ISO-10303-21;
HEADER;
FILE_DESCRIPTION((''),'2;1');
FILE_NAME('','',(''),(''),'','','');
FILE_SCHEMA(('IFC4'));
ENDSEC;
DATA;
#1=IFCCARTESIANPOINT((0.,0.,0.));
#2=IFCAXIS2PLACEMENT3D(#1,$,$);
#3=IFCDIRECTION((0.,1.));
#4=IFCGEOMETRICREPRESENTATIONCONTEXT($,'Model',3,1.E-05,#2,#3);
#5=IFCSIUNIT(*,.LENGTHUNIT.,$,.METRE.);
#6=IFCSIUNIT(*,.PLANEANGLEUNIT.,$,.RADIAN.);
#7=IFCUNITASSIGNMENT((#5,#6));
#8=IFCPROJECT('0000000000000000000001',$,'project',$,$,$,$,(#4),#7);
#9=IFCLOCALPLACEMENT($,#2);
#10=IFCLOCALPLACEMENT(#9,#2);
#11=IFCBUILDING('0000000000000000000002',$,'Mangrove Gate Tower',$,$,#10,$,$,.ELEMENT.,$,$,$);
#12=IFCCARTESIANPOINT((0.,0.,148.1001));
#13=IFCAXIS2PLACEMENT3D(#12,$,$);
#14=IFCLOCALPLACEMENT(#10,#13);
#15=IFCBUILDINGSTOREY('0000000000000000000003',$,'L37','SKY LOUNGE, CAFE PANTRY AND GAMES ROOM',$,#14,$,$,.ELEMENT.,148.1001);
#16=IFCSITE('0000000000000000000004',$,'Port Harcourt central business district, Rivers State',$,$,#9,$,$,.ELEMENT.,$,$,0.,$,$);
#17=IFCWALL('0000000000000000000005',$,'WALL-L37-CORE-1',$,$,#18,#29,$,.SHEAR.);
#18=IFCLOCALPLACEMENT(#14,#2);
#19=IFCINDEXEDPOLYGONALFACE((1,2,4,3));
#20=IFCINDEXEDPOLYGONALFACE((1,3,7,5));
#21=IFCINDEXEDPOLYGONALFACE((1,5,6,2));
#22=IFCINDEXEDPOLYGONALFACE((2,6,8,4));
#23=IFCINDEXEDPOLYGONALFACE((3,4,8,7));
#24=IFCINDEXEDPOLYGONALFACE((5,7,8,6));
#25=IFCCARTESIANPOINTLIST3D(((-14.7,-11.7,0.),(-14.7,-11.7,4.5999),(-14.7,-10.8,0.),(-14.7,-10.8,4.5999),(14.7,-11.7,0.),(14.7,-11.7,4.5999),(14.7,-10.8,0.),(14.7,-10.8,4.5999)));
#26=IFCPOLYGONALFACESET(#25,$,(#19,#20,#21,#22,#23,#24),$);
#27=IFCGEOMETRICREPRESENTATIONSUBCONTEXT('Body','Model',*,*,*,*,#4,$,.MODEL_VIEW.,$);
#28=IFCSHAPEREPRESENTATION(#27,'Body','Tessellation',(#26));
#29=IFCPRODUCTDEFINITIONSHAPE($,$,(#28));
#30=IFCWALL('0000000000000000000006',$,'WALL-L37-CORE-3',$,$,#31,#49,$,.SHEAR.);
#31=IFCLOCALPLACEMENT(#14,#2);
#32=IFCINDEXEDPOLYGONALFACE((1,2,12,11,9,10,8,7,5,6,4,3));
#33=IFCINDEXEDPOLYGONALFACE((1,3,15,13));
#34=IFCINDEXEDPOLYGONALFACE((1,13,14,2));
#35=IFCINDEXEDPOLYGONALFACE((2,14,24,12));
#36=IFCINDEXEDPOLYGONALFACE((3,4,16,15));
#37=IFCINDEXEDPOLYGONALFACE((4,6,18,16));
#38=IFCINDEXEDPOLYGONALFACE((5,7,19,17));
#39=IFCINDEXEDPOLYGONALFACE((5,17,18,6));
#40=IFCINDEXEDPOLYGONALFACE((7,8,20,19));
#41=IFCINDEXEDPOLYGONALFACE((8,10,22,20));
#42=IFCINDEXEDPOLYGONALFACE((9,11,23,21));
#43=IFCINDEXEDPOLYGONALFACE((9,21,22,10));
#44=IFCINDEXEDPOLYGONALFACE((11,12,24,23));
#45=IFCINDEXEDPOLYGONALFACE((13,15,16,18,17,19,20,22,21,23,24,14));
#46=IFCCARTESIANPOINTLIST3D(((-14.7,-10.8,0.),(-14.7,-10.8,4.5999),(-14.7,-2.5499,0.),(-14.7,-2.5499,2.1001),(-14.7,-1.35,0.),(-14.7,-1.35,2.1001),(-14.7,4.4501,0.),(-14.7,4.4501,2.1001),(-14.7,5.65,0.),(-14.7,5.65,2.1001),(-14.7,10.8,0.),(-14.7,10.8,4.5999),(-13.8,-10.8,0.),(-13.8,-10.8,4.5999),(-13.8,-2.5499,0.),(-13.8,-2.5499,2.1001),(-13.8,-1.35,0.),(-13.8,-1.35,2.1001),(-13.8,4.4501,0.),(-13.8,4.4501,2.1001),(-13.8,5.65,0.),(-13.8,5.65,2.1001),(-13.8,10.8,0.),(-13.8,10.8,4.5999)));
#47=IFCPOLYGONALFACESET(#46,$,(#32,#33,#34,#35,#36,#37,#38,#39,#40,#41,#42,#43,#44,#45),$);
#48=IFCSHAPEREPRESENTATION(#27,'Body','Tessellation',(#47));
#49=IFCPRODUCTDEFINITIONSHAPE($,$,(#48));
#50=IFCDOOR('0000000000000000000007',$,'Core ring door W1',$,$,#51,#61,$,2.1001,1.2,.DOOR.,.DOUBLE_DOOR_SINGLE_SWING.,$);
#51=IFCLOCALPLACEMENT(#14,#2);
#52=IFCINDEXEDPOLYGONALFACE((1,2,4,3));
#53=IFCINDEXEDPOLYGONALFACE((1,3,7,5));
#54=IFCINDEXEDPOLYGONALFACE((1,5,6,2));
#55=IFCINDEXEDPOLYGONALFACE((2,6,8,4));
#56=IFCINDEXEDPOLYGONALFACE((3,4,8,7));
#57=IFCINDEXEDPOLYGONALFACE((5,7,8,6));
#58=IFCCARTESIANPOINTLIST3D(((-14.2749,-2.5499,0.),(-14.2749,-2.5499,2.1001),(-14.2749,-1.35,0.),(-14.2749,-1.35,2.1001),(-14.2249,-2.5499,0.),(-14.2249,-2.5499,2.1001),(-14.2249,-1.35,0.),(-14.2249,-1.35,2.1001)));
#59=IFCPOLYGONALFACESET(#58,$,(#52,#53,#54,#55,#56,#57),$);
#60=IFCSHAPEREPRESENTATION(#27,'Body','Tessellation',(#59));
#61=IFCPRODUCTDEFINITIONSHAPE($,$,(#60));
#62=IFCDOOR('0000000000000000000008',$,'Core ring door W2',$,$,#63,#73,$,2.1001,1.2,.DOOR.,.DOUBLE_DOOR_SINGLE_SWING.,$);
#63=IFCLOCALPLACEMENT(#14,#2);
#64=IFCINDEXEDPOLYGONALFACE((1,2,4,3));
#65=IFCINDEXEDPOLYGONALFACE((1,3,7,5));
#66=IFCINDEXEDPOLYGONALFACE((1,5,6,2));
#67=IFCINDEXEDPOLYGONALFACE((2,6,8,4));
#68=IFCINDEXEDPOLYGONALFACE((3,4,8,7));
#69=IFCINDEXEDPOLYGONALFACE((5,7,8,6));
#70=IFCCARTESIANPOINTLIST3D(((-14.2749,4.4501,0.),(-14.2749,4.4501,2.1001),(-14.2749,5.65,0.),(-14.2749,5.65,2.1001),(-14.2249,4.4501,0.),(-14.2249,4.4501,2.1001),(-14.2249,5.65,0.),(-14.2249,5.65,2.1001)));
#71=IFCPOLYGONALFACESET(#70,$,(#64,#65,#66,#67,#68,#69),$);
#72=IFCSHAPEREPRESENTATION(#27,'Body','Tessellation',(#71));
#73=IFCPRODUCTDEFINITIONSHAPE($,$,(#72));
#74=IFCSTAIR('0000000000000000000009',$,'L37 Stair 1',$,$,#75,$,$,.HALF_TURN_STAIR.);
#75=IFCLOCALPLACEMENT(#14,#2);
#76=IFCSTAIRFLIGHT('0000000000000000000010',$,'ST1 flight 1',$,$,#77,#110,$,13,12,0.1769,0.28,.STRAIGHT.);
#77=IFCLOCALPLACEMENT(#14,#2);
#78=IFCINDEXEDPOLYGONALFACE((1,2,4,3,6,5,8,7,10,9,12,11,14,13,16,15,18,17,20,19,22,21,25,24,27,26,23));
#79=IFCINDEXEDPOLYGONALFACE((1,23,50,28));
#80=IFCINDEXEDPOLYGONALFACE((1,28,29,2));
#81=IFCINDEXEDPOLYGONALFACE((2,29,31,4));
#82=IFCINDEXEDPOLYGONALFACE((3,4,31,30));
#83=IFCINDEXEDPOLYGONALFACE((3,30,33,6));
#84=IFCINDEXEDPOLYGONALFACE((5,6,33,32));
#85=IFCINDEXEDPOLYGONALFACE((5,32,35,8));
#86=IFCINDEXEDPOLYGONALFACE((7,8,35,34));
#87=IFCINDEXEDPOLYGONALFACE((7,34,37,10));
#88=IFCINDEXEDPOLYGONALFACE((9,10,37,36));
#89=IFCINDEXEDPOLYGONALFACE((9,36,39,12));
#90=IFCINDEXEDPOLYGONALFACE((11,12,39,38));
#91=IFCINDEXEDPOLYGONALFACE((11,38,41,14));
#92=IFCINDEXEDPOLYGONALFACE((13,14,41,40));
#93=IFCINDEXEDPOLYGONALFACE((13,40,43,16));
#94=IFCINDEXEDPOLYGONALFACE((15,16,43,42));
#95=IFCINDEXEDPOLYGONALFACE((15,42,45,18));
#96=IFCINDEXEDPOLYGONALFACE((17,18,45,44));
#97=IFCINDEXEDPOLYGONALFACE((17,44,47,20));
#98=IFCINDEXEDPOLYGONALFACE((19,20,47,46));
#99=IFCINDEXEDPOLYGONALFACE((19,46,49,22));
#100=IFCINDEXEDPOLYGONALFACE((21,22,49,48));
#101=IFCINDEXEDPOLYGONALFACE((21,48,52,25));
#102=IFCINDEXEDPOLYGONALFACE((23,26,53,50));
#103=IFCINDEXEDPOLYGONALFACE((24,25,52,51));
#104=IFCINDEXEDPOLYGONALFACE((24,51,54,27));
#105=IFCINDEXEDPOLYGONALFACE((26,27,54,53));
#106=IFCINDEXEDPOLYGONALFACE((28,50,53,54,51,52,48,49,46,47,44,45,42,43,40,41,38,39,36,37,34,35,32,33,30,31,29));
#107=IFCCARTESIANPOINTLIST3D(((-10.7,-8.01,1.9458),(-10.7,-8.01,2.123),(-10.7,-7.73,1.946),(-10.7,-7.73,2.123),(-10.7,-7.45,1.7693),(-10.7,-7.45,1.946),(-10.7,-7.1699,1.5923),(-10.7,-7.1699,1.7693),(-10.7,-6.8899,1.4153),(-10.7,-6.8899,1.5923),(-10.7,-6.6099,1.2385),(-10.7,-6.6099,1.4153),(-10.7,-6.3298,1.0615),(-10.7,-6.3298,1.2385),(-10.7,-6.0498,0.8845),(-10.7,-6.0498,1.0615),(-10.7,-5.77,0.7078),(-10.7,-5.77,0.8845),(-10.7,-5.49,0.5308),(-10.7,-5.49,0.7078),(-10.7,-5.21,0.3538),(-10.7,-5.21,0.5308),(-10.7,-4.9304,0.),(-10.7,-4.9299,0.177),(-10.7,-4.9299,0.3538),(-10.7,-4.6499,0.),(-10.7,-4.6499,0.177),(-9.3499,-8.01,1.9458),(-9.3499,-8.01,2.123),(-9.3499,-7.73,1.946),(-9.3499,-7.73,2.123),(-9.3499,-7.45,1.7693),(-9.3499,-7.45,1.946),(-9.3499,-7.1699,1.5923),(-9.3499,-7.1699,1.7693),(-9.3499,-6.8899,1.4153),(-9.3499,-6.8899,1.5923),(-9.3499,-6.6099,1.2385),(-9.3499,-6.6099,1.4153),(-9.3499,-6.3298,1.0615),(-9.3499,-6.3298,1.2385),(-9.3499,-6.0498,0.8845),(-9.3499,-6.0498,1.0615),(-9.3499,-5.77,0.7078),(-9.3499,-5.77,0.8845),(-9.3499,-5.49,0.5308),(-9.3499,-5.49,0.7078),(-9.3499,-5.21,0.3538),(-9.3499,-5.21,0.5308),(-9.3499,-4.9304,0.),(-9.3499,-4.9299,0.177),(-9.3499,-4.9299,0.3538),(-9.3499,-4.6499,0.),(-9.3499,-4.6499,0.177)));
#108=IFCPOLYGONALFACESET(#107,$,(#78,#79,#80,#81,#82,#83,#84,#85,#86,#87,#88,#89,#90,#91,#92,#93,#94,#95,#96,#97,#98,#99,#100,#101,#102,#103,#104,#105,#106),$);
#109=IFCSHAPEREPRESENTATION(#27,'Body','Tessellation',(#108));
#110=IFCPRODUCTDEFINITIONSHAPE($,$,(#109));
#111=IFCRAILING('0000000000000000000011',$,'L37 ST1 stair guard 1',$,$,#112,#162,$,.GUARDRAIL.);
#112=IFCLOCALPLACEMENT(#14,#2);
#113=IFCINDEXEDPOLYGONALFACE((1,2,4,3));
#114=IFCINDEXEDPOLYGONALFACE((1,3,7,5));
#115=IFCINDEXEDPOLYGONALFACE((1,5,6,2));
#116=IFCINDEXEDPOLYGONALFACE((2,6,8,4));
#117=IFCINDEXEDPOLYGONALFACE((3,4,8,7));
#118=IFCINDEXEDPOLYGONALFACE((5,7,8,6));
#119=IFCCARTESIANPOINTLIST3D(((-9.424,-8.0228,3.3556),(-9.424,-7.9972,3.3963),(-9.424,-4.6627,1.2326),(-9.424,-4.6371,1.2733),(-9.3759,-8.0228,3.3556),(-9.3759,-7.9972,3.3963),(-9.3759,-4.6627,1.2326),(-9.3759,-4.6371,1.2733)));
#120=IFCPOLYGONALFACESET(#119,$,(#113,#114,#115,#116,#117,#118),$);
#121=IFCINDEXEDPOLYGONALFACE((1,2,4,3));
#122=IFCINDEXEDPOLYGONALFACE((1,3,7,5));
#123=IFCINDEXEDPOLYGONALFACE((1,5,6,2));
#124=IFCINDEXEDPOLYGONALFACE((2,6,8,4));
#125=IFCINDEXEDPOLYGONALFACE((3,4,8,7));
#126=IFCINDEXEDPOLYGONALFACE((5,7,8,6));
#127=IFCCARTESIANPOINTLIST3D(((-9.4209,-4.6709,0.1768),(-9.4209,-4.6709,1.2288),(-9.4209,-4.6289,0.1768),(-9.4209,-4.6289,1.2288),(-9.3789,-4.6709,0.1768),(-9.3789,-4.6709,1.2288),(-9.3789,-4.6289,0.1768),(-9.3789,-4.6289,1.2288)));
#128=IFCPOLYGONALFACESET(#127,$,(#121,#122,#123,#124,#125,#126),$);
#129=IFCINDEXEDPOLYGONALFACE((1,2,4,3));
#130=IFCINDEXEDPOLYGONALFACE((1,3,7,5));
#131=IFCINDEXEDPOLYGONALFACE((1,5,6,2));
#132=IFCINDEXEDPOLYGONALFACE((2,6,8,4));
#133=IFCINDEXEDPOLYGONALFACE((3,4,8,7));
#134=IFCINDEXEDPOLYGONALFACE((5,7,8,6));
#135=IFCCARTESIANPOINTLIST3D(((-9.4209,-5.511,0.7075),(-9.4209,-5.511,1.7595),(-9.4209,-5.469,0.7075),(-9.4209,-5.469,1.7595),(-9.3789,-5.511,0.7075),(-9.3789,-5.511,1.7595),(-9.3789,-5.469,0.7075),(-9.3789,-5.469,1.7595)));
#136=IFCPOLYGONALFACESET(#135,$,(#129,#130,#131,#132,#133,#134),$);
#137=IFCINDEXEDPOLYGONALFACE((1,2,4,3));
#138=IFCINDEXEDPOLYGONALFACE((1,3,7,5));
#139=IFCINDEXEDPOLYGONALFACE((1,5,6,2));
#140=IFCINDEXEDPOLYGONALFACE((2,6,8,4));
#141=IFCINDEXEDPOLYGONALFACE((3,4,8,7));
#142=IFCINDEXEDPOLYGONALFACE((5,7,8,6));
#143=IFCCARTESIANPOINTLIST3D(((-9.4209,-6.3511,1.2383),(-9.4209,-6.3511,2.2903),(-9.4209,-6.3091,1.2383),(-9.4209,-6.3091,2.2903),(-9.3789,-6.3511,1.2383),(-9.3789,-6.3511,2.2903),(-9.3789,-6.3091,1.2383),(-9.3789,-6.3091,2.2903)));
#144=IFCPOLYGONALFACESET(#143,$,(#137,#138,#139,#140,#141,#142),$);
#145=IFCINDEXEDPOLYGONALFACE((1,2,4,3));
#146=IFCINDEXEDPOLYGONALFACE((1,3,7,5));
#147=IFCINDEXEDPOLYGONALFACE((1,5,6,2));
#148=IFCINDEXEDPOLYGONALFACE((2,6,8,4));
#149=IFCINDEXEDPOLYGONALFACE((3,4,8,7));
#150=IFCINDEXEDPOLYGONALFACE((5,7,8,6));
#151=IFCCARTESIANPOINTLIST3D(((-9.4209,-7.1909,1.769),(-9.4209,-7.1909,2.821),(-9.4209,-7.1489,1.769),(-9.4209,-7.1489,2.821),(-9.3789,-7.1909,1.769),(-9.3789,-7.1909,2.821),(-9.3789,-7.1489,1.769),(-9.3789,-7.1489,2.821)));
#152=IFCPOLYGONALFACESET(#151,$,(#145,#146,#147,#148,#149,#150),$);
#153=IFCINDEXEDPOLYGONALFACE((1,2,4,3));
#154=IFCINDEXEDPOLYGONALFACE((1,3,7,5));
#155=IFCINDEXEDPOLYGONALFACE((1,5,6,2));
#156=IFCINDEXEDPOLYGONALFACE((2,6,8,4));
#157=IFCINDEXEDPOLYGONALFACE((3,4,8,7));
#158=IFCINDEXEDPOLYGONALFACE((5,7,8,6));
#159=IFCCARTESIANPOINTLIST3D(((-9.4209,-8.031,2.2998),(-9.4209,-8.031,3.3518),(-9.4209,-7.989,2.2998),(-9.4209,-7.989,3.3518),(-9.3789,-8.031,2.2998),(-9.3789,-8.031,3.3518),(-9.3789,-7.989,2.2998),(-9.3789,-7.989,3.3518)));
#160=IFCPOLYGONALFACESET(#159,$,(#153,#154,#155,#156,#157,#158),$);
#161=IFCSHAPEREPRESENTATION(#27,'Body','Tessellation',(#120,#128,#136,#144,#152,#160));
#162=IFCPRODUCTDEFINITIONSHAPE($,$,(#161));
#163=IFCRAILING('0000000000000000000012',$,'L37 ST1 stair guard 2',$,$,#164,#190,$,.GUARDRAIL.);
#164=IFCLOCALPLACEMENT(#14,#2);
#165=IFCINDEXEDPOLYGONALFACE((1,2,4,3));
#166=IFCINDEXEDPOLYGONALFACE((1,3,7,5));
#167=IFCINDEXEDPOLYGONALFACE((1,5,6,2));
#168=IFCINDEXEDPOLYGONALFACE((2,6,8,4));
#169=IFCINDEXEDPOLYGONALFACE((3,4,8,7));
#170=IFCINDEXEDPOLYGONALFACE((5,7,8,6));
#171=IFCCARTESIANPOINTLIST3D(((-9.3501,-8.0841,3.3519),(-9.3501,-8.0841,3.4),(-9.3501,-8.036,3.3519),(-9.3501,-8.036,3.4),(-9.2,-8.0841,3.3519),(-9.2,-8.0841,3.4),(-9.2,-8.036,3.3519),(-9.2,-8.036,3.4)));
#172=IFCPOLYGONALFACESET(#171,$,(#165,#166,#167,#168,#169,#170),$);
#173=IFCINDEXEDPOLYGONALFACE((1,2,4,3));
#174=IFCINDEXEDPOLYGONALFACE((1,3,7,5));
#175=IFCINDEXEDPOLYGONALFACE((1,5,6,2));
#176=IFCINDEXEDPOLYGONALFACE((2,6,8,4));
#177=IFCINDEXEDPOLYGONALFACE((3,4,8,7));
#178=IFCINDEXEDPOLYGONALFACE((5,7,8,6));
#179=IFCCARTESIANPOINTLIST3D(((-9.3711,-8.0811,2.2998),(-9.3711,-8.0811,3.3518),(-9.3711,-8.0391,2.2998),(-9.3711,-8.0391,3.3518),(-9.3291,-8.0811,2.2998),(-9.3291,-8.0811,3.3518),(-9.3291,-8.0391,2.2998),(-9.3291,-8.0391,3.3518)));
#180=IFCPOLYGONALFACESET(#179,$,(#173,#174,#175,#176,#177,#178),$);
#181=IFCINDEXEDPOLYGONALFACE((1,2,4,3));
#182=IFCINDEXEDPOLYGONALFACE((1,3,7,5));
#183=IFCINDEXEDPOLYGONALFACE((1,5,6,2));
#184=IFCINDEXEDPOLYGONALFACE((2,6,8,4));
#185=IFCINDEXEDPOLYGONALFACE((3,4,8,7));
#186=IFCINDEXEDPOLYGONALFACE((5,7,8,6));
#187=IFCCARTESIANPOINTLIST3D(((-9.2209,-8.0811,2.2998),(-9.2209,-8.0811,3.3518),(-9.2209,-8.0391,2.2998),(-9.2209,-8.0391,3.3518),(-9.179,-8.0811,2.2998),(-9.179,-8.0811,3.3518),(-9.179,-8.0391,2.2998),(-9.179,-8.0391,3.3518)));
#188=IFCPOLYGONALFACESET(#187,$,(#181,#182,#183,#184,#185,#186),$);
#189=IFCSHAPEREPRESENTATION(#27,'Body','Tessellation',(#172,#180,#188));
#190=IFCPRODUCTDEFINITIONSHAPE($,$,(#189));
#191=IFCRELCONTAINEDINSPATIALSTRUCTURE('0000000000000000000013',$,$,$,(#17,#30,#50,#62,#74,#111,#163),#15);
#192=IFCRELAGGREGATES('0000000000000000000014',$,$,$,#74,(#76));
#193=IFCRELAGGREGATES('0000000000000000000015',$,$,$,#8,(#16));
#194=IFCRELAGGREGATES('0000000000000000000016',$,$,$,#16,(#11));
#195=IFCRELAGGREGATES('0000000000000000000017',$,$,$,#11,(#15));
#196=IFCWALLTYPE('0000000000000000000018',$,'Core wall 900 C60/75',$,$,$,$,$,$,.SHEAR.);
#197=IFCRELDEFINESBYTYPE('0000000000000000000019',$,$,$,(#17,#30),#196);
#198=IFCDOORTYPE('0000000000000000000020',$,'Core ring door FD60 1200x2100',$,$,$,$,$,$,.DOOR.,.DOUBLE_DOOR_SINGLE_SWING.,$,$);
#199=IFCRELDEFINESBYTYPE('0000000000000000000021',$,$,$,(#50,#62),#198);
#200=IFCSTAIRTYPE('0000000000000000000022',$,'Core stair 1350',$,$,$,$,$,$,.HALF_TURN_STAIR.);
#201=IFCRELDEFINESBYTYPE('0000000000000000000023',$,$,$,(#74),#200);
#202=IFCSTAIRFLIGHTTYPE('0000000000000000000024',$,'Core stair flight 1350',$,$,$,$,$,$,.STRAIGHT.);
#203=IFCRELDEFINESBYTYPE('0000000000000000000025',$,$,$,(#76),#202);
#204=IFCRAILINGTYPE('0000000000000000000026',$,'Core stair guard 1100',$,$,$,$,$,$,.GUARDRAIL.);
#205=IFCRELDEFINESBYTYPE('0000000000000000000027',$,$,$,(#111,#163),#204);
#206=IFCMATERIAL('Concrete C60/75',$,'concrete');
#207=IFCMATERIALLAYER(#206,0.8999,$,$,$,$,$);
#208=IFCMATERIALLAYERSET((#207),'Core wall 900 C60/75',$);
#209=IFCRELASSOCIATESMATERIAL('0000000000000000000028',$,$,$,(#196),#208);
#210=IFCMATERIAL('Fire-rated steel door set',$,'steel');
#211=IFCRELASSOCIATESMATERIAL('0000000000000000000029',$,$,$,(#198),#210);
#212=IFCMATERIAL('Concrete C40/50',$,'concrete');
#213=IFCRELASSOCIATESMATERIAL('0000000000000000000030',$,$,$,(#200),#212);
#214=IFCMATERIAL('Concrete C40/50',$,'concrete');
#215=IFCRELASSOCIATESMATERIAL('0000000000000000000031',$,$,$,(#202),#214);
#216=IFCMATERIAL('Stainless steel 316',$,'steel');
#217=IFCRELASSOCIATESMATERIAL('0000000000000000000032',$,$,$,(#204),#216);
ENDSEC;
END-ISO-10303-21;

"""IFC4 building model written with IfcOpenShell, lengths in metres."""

from ifc_helpers import new_model, si_unit, direction, frame, frame_2d, origin, origin_2d, place, context, subcontext, project, spatial, polyline, rectangle, outline, extrude, material, layer, layer_set, type_object, element, fill, aggregate, save


model = new_model("IFC4")

# Units and contexts
model_context = context("Model", 3, precision=1e-05, world=origin(), true_north=direction((0.0, 1.0)))
body_context = subcontext(model_context, "Body", "Model", "MODEL_VIEW")
ifc_project = project(units=[si_unit("LENGTHUNIT", "METRE"), si_unit("PLANEANGLEUNIT", "RADIAN")], contexts=[model_context])

# Site, building, storey
site_placement = place(None, origin())
site = spatial("IfcSite", under=ifc_project, at=site_placement, Name="Port Harcourt central business district, Rivers State", CompositionType="ELEMENT", RefElevation=0.0)
building_placement = place(site_placement, origin())
building = spatial("IfcBuilding", under=site, at=building_placement, Name="Mangrove Gate Tower", CompositionType="ELEMENT")
storey_placement = place(building_placement, frame((0.0, 0.0, 148.1001)))
storey = spatial("IfcBuildingStorey", under=building, at=storey_placement, Name="L37", Description="SKY LOUNGE, CAFE PANTRY AND GAMES ROOM", CompositionType="ELEMENT", Elevation=148.1001)

# Wall
ifc_material_1 = material(Name="Concrete C60/75", Category="concrete")
ifc_layer_1 = layer(ifc_material_1, 0.8999)
ifc_layer_set_1 = layer_set([ifc_layer_1], Name="Core wall 900 C60/75")
wall_type_1 = type_object("IfcWallType", Name="Core wall 900 C60/75", PredefinedType="SHEAR", material=ifc_layer_set_1)
wall_1_placement = place(storey_placement, frame((-14.7, -11.25, 0.0), z_axis=(0.0, 0.0, 1.0), x_axis=(1.0, 0.0, 0.0)))
element("IfcWall", 1, at=wall_1_placement, inside=storey, type_object=wall_type_1, Name="WALL-L37-CORE-1", PredefinedType="SHEAR", context=body_context, shape_type="SweptSolid", body=[
    extrude(rectangle(XDim=29.3999, YDim=0.8999, at=frame_2d((14.7, 0.0))), origin(), (0.0, 0.0, 1.0), 4.5999),
])

# Wall, openings, doors
wall_2_placement = place(storey_placement, frame((-14.25, -10.8, 0.0), z_axis=(0.0, 0.0, 1.0), x_axis=(0.0, 1.0, 0.0)))
wall_2 = element("IfcWall", 2, at=wall_2_placement, inside=storey, type_object=wall_type_1, Name="WALL-L37-CORE-3", PredefinedType="SHEAR", context=body_context, shape_type="SweptSolid", body=[
    extrude(rectangle(XDim=21.6001, YDim=0.8999, at=frame_2d((10.8, 0.0))), origin(), (0.0, 0.0, 1.0), 4.5999),
])
opening_1_placement = place(wall_2_placement, frame((8.25, 0.0, 0.0)))
opening_1 = element("IfcOpeningElement", 3, at=opening_1_placement, cuts=wall_2, PredefinedType="OPENING", context=body_context, shape_type="SweptSolid", body=[
    extrude(rectangle(XDim=1.2, YDim=2.1001, at=frame_2d((0.6001, 1.05))), frame((0.0, 0.46, 0.0), z_axis=(0.0, -1.0, 0.0), x_axis=(1.0, 0.0, 0.0)), (0.0, 0.0, 1.0), 0.9199),
])
opening_2_placement = place(wall_2_placement, frame((15.25, 0.0, 0.0)))
opening_2 = element("IfcOpeningElement", 4, at=opening_2_placement, cuts=wall_2, PredefinedType="OPENING", context=body_context, shape_type="SweptSolid", body=[
    extrude(rectangle(XDim=1.2, YDim=2.1001, at=frame_2d((0.6001, 1.05))), frame((0.0, 0.46, 0.0), z_axis=(0.0, -1.0, 0.0), x_axis=(1.0, 0.0, 0.0)), (0.0, 0.0, 1.0), 0.9199),
])
ifc_material_2 = material(Name="Fire-rated steel door set", Category="steel")
door_type_1 = type_object("IfcDoorType", Name="Core ring door FD60 1200x2100", OperationType="DOUBLE_DOOR_SINGLE_SWING", PredefinedType="DOOR", material=ifc_material_2)
door_1_placement = place(opening_1_placement, origin())
door_1 = element("IfcDoor", 5, at=door_1_placement, inside=storey, type_object=door_type_1, Name="Core ring door W1", OperationType="DOUBLE_DOOR_SINGLE_SWING", OverallHeight=2.1001, OverallWidth=1.2, PredefinedType="DOOR", context=body_context, shape_type="SweptSolid", body=[
    extrude(rectangle(XDim=1.2, YDim=2.1001, at=frame_2d((0.6001, 1.05))), frame((0.0, 0.0249, 0.0), z_axis=(0.0, -1.0, 0.0), x_axis=(1.0, 0.0, 0.0)), (0.0, 0.0, 1.0), 0.05),
])
fill(opening_1, door_1)
door_2_placement = place(opening_2_placement, origin())
door_2 = element("IfcDoor", 6, at=door_2_placement, inside=storey, type_object=door_type_1, Name="Core ring door W2", OperationType="DOUBLE_DOOR_SINGLE_SWING", OverallHeight=2.1001, OverallWidth=1.2, PredefinedType="DOOR", context=body_context, shape_type="SweptSolid", body=[
    extrude(rectangle(XDim=1.2, YDim=2.1001, at=frame_2d((0.6001, 1.05))), frame((0.0, 0.0249, 0.0), z_axis=(0.0, -1.0, 0.0), x_axis=(1.0, 0.0, 0.0)), (0.0, 0.0, 1.0), 0.05),
])
fill(opening_2, door_2)

# Stair, stair flight
ifc_material_3 = material(Name="Concrete C40/50", Category="concrete")
stair_type = type_object("IfcStairType", Name="Core stair 1350", PredefinedType="HALF_TURN_STAIR", material=ifc_material_3)
stair_placement = place(storey_placement, origin())
stair = element("IfcStair", 7, at=stair_placement, inside=storey, type_object=stair_type, Name="L37 Stair 1", PredefinedType="HALF_TURN_STAIR")
ifc_material_4 = material(Name="Concrete C40/50", Category="concrete")
stair_flight_type = type_object("IfcStairFlightType", Name="Core stair flight 1350", PredefinedType="STRAIGHT", material=ifc_material_4)
stair_flight_placement = place(storey_placement, frame((-10.0249, -4.6499, 0.0), z_axis=(0.0, 0.0, 1.0), x_axis=(0.0, -1.0, 0.0)))
stair_flight = element("IfcStairFlight", 8, at=stair_flight_placement, type_object=stair_flight_type, Name="ST1 flight 1", NumberOfRisers=13, NumberOfTreads=12, PredefinedType="STRAIGHT", RiserHeight=0.1769, TreadLength=0.28, context=body_context, shape_type="SweptSolid", body=[
    extrude(outline(polyline([(0.0, 0.0), (0.0, 0.177), (0.28, 0.177), (0.28, 0.3538), (0.5601, 0.3538), (0.5601, 0.5308), (0.8401, 0.5308), (0.8401, 0.7078), (1.1201, 0.7078), (1.1201, 0.8845), (1.3999, 0.8845), (1.3999, 1.0615), (1.6799, 1.0615), (1.6799, 1.2385), (1.96, 1.2385), (1.96, 1.4153), (2.24, 1.4153), (2.24, 1.5923), (2.52, 1.5923), (2.52, 1.7693), (2.8, 1.7693), (2.8, 1.946), (3.0801, 1.946), (3.0801, 2.123), (3.3601, 2.123), (3.3601, 2.3), (3.3601, 1.9458), (0.2805, 0.0), (0.0, 0.0)])), frame((0.0, 0.675, 0.0), z_axis=(0.0, -1.0, 0.0), x_axis=(1.0, 0.0, 0.0)), (0.0, 0.0, 1.0), 1.3501),
])
aggregate(stair, [stair_flight])

# Railings
ifc_material_5 = material(Name="Stainless steel 316", Category="steel")
railing_type_1 = type_object("IfcRailingType", Name="Core stair guard 1100", PredefinedType="GUARDRAIL", material=ifc_material_5)
railing_1_placement = place(storey_placement, frame((-9.3999, -4.6499, 0.1768)))
element("IfcRailing", 9, at=railing_1_placement, inside=storey, type_object=railing_type_1, Name="L37 ST1 stair guard 1", PredefinedType="GUARDRAIL", context=body_context, shape_type="SweptSolid", body=[
    extrude(rectangle(XDim=0.0481, YDim=0.0481, at=origin_2d()), frame((0.0, 0.0, 1.0762), z_axis=(0.0, -0.84539, 0.53415), x_axis=(1.0, 0.0, 0.0)), (0.0, 0.0, 1.0), 3.9746),
    extrude(rectangle(XDim=0.042, YDim=0.042, at=origin_2d()), origin(), (0.0, 0.0, 1.0), 1.052),
    extrude(rectangle(XDim=0.042, YDim=0.042, at=origin_2d()), frame((0.0, -0.8401, 0.5308)), (0.0, 0.0, 1.0), 1.052),
    extrude(rectangle(XDim=0.042, YDim=0.042, at=origin_2d()), frame((0.0, -1.6802, 1.0615)), (0.0, 0.0, 1.0), 1.052),
    extrude(rectangle(XDim=0.042, YDim=0.042, at=origin_2d()), frame((0.0, -2.52, 1.5923)), (0.0, 0.0, 1.0), 1.052),
    extrude(rectangle(XDim=0.042, YDim=0.042, at=origin_2d()), frame((0.0, -3.3601, 2.123)), (0.0, 0.0, 1.0), 1.052),
])
railing_2_placement = place(storey_placement, frame((-9.3501, -8.0601, 2.2998)))
element("IfcRailing", 10, at=railing_2_placement, inside=storey, type_object=railing_type_1, Name="L37 ST1 stair guard 2", PredefinedType="GUARDRAIL", context=body_context, shape_type="SweptSolid", body=[
    extrude(rectangle(XDim=0.0481, YDim=0.0481, at=origin_2d()), frame((0.0, 0.0, 1.0762), z_axis=(1.0, 0.0, 0.0), x_axis=(0.0, 1.0, 0.0)), (0.0, 0.0, 1.0), 0.1501),
    extrude(rectangle(XDim=0.042, YDim=0.042, at=origin_2d()), origin(), (0.0, 0.0, 1.0), 1.052),
    extrude(rectangle(XDim=0.042, YDim=0.042, at=origin_2d()), frame((0.1501, 0.0, 0.0)), (0.0, 0.0, 1.0), 1.052),
])

save(model, "model.ifc")
